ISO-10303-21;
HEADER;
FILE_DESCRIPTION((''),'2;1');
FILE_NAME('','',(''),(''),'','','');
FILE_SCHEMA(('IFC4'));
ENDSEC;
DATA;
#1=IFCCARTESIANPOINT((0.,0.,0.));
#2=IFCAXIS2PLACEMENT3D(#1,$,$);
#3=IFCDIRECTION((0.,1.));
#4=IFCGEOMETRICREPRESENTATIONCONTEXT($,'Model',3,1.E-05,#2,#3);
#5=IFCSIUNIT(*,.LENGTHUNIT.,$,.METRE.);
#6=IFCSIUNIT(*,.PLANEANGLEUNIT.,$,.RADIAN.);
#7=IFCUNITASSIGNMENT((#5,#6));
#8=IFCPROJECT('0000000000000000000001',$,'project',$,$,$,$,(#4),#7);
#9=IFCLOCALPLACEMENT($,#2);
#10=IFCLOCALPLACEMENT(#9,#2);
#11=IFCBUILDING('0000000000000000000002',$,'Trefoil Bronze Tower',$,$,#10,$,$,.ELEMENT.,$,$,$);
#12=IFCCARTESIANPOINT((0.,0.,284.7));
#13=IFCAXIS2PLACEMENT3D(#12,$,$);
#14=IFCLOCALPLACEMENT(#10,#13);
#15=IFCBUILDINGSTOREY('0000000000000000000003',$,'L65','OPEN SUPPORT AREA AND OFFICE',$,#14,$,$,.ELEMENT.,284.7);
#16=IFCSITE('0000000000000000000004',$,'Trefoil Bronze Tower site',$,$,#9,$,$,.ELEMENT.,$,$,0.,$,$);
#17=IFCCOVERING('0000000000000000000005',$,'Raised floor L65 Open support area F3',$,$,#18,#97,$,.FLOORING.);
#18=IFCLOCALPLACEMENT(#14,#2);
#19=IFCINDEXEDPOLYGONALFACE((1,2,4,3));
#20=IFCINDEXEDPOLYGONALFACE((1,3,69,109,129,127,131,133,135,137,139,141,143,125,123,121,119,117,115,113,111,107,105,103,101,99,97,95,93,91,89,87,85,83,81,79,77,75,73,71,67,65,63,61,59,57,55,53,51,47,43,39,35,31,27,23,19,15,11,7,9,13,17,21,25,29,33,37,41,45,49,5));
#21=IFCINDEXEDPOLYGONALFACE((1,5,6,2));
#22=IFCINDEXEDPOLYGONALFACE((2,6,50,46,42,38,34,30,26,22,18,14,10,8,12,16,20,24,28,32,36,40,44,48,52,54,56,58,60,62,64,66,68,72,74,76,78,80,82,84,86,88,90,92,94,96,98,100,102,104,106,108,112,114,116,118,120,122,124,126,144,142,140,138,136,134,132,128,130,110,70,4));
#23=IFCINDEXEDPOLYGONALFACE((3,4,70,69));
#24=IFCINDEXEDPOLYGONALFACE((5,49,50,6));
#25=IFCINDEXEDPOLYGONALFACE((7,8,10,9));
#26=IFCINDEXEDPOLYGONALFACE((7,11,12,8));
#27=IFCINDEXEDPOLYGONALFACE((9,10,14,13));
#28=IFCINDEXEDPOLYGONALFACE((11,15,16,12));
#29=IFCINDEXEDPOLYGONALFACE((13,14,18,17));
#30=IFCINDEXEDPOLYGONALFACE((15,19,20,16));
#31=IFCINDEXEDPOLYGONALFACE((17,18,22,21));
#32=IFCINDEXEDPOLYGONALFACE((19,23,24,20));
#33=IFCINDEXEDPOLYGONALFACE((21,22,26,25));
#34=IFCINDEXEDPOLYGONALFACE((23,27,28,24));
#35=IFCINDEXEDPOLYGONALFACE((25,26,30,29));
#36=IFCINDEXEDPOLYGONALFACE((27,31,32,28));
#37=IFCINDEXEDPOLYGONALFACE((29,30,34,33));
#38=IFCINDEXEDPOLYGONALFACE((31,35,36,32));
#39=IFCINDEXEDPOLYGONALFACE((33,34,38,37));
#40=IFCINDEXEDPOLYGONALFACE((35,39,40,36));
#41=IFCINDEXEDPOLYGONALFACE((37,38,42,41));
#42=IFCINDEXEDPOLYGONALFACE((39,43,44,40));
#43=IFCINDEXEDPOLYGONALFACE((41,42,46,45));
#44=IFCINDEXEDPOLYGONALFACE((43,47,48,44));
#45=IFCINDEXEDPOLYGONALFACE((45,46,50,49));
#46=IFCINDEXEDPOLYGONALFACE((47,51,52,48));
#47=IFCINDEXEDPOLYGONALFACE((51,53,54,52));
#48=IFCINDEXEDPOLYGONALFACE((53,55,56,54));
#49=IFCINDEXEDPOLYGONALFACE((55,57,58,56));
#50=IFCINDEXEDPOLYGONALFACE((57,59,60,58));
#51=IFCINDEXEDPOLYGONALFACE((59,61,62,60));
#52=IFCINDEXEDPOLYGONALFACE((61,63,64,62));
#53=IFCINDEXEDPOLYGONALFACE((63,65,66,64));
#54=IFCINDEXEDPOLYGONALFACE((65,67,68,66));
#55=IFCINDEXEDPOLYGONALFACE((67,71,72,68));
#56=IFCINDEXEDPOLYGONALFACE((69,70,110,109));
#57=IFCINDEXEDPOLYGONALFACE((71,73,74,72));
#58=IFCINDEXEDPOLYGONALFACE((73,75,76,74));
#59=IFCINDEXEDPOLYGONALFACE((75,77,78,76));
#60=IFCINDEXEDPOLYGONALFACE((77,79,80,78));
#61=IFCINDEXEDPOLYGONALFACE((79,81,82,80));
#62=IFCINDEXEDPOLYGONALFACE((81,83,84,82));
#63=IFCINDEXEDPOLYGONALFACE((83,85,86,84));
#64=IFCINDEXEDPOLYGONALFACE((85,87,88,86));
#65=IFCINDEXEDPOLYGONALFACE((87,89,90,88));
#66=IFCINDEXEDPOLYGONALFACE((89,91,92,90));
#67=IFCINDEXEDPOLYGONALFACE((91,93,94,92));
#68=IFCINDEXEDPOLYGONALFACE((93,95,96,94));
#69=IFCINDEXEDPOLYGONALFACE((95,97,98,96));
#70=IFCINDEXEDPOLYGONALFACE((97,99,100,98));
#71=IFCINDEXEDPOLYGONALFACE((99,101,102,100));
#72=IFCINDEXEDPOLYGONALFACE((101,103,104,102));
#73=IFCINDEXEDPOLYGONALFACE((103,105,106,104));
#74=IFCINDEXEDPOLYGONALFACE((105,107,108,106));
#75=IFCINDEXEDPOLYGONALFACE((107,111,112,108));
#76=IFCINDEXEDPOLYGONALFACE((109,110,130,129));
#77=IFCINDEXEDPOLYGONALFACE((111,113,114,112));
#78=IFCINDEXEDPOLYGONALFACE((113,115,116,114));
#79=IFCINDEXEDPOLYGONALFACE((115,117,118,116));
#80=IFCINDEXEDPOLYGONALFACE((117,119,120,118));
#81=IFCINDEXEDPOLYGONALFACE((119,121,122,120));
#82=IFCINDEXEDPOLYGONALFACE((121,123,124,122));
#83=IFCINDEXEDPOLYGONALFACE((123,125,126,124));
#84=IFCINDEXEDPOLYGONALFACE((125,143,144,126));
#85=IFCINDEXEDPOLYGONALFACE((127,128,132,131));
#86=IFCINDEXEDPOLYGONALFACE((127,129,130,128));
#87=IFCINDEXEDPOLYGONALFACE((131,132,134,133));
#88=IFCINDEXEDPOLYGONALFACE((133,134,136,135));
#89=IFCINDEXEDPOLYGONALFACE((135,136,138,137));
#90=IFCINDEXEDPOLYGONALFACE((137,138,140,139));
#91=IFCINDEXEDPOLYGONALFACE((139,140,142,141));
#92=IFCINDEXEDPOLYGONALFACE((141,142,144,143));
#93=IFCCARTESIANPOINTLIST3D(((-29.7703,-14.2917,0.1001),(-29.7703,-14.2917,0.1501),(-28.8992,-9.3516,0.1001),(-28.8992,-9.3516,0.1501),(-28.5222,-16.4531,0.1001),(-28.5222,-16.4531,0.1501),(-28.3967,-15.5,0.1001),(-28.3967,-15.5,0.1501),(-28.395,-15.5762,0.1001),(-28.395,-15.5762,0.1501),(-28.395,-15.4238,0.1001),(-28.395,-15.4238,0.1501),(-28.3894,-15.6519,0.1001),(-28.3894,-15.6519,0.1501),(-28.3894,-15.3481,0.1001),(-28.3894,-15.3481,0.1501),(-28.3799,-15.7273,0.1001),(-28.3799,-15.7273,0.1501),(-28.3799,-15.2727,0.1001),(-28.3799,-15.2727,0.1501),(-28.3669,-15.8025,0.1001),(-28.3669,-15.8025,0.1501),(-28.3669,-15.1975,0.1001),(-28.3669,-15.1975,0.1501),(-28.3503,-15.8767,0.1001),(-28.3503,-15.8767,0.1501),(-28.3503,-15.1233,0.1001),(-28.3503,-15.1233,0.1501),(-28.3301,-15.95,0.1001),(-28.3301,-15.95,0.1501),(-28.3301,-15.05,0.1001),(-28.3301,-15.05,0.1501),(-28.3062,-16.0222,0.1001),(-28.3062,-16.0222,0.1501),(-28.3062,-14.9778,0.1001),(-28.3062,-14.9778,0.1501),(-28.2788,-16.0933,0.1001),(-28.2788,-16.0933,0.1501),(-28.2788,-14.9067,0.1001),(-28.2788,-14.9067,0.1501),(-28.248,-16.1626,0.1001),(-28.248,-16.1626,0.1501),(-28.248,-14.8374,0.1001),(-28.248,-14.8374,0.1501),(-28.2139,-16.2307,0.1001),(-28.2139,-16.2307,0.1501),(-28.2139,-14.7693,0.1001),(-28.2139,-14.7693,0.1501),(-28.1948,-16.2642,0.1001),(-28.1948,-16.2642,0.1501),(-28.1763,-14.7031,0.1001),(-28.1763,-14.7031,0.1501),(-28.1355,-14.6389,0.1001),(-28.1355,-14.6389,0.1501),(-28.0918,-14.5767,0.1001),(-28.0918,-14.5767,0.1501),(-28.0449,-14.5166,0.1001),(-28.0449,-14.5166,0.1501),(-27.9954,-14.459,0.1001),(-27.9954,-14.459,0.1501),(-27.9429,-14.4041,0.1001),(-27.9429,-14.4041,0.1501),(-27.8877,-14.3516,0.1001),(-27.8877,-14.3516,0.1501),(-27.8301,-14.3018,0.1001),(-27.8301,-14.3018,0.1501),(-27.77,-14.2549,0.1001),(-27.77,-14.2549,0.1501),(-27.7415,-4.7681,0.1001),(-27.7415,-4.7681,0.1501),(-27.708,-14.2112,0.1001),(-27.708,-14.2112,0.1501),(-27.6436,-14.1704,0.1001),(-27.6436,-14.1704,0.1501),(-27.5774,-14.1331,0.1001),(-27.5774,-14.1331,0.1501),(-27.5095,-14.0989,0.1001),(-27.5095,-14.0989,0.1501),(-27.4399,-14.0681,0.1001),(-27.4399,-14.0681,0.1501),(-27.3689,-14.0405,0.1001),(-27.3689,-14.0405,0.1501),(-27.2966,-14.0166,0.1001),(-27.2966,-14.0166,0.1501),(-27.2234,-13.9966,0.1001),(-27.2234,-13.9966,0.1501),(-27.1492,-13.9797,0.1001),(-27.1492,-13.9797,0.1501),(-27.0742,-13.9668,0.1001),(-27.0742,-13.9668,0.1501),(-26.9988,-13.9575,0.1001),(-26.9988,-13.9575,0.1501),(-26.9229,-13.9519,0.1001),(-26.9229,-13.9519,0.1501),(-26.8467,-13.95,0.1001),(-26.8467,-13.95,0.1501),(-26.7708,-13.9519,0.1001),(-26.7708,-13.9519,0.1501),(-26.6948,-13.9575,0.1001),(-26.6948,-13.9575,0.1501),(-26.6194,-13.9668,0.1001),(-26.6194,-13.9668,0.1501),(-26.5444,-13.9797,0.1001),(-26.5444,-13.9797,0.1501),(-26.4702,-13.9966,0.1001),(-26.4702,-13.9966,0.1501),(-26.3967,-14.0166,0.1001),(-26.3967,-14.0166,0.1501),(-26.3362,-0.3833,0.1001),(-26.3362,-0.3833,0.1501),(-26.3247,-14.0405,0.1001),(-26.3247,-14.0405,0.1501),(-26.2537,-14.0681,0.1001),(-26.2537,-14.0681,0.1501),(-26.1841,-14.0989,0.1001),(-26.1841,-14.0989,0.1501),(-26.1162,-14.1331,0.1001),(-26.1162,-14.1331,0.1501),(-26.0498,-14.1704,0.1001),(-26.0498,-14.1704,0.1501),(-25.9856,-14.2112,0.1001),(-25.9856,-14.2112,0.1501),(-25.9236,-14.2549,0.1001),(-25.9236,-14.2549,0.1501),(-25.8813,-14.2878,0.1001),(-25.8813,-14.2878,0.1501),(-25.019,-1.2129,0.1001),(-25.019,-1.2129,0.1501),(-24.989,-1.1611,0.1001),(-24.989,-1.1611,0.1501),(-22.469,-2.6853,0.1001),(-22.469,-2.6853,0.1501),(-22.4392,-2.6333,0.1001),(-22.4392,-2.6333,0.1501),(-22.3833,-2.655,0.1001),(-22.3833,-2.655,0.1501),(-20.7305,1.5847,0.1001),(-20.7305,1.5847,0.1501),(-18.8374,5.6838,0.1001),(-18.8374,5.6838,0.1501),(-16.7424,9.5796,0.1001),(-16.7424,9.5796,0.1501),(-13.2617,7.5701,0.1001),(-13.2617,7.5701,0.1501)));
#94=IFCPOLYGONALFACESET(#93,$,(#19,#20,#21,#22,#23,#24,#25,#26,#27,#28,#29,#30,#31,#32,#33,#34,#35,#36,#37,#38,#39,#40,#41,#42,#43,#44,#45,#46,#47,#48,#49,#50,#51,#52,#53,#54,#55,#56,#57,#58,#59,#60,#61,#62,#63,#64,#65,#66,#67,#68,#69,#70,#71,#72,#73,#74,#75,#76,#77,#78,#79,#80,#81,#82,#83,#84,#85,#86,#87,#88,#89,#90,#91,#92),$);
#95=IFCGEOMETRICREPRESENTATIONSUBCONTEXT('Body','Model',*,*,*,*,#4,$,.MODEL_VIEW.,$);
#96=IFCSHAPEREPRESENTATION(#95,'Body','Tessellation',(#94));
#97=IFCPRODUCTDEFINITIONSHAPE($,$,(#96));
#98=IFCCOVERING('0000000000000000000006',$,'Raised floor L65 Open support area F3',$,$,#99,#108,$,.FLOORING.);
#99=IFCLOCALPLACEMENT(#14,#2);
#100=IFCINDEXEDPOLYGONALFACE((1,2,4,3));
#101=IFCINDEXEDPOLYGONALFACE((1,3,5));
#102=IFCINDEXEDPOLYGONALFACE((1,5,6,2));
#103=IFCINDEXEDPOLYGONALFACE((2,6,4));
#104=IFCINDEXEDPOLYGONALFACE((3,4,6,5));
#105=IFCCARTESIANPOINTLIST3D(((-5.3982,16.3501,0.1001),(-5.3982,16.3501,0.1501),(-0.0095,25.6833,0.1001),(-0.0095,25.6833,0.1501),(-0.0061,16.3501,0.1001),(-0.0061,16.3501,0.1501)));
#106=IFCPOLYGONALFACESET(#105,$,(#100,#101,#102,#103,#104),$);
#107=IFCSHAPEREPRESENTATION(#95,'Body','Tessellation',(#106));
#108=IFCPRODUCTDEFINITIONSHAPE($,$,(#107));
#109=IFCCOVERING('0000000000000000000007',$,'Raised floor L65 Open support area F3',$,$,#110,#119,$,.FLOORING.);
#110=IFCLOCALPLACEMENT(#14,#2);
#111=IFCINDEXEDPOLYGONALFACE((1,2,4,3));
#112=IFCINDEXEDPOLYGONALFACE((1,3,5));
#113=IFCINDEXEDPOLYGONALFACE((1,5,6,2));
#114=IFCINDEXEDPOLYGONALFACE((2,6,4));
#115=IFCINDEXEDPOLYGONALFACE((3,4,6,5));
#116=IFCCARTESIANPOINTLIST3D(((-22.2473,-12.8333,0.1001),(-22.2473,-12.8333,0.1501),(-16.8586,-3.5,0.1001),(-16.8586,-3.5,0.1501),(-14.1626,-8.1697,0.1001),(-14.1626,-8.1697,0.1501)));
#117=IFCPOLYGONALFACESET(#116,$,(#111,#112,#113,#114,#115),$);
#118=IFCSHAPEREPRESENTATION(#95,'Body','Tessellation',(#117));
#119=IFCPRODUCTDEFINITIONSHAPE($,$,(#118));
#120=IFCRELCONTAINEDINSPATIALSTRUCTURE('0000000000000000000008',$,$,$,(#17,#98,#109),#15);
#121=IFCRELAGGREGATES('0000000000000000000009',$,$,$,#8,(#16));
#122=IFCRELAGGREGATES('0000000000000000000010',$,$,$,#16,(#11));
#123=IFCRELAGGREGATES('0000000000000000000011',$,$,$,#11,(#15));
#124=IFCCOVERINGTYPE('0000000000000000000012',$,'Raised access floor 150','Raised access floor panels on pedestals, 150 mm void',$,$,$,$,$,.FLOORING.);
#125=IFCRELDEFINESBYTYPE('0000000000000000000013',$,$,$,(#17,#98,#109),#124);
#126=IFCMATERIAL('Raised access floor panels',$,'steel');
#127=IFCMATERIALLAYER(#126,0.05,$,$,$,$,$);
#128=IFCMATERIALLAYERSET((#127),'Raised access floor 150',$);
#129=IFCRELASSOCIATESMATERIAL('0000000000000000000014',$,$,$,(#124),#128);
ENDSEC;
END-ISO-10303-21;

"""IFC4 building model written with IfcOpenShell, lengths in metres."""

from ifc_helpers import new_model, si_unit, direction, frame, origin, place, context, subcontext, project, spatial, polyline, outline, extrude, material, layer, layer_set, type_object, element, save


model = new_model("IFC4")

# Units and contexts
model_context = context("Model", 3, precision=1e-05, world=origin(), true_north=direction((0.0, 1.0)))
body_context = subcontext(model_context, "Body", "Model", "MODEL_VIEW")
ifc_project = project(units=[si_unit("LENGTHUNIT", "METRE"), si_unit("PLANEANGLEUNIT", "RADIAN")], contexts=[model_context])

# Site, building, storey
site_placement = place(None, origin())
site = spatial("IfcSite", under=ifc_project, at=site_placement, Name="Trefoil Bronze Tower site", CompositionType="ELEMENT", RefElevation=0.0)
building_placement = place(site_placement, origin())
building = spatial("IfcBuilding", under=site, at=building_placement, Name="Trefoil Bronze Tower", CompositionType="ELEMENT")
storey_placement = place(building_placement, frame((0.0, 0.0, 284.7)))
storey = spatial("IfcBuildingStorey", under=building, at=storey_placement, Name="L65", Description="OPEN SUPPORT AREA AND OFFICE", CompositionType="ELEMENT", Elevation=284.7)

# Coverings
ifc_material_1 = material(Name="Raised access floor panels", Category="steel")
ifc_layer_1 = layer(ifc_material_1, 0.05)
ifc_layer_set_1 = layer_set([ifc_layer_1], Name="Raised access floor 150")
covering_type_1 = type_object("IfcCoveringType", Name="Raised access floor 150", Description="Raised access floor panels on pedestals, 150 mm void", PredefinedType="FLOORING", material=ifc_layer_set_1)
covering_1_placement = place(storey_placement, frame((0.0, 0.0, 0.1001)))
element("IfcCovering", 1, at=covering_1_placement, inside=storey, type_object=covering_type_1, Name="Raised floor L65 Open support area F3", PredefinedType="FLOORING", context=body_context, shape_type="SweptSolid", body=[
    extrude(outline(polyline([(-24.989, -1.1611), (-25.019, -1.2129), (-22.469, -2.6853), (-22.4392, -2.6333), (-22.3833, -2.655), (-20.7305, 1.5847), (-18.8374, 5.6838), (-16.7424, 9.5796), (-13.2617, 7.5701), (-25.8813, -14.2878), (-25.9236, -14.2549), (-25.9856, -14.2112), (-26.0498, -14.1704), (-26.1162, -14.1331), (-26.1841, -14.0989), (-26.2537, -14.0681), (-26.3247, -14.0405), (-26.3967, -14.0166), (-26.4702, -13.9966), (-26.5444, -13.9797), (-26.6194, -13.9668), (-26.6948, -13.9575), (-26.7708, -13.9519), (-26.8467, -13.95), (-26.9229, -13.9519), (-26.9988, -13.9575), (-27.0742, -13.9668), (-27.1492, -13.9797), (-27.2234, -13.9966), (-27.2966, -14.0166), (-27.3689, -14.0405), (-27.4399, -14.0681), (-27.5095, -14.0989), (-27.5774, -14.1331), (-27.6436, -14.1704), (-27.708, -14.2112), (-27.77, -14.2549), (-27.8301, -14.3018), (-27.8877, -14.3516), (-27.9429, -14.4041), (-27.9954, -14.459), (-28.0449, -14.5166), (-28.0918, -14.5767), (-28.1355, -14.6389), (-28.1763, -14.7031), (-28.2139, -14.7693), (-28.248, -14.8374), (-28.2788, -14.9067), (-28.3062, -14.9778), (-28.3301, -15.05), (-28.3503, -15.1233), (-28.3669, -15.1975), (-28.3799, -15.2727), (-28.3894, -15.3481), (-28.395, -15.4238), (-28.3967, -15.5), (-28.395, -15.5762), (-28.3894, -15.6519), (-28.3799, -15.7273), (-28.3669, -15.8025), (-28.3503, -15.8767), (-28.3301, -15.95), (-28.3062, -16.0222), (-28.2788, -16.0933), (-28.248, -16.1626), (-28.2139, -16.2307), (-28.1948, -16.2642), (-28.5222, -16.4531), (-29.7703, -14.2917), (-28.8992, -9.3516), (-27.7415, -4.7681), (-26.3362, -0.3833), (-24.989, -1.1611)])), origin(), (0.0, 0.0, 1.0), 0.05),
])
covering_2_placement = place(storey_placement, frame((0.0, 0.0, 0.1001)))
element("IfcCovering", 2, at=covering_2_placement, inside=storey, type_object=covering_type_1, Name="Raised floor L65 Open support area F3", PredefinedType="FLOORING", context=body_context, shape_type="SweptSolid", body=[
    extrude(outline(polyline([(-0.0061, 16.3501), (-5.3982, 16.3501), (-0.0095, 25.6833), (-0.0061, 16.3501)])), origin(), (0.0, 0.0, 1.0), 0.05),
])
covering_3_placement = place(storey_placement, frame((0.0, 0.0, 0.1001)))
element("IfcCovering", 3, at=covering_3_placement, inside=storey, type_object=covering_type_1, Name="Raised floor L65 Open support area F3", PredefinedType="FLOORING", context=body_context, shape_type="SweptSolid", body=[
    extrude(outline(polyline([(-14.1626, -8.1697), (-22.2473, -12.8333), (-16.8586, -3.5), (-14.1626, -8.1697)])), origin(), (0.0, 0.0, 1.0), 0.05),
])

save(model, "model.ifc")
